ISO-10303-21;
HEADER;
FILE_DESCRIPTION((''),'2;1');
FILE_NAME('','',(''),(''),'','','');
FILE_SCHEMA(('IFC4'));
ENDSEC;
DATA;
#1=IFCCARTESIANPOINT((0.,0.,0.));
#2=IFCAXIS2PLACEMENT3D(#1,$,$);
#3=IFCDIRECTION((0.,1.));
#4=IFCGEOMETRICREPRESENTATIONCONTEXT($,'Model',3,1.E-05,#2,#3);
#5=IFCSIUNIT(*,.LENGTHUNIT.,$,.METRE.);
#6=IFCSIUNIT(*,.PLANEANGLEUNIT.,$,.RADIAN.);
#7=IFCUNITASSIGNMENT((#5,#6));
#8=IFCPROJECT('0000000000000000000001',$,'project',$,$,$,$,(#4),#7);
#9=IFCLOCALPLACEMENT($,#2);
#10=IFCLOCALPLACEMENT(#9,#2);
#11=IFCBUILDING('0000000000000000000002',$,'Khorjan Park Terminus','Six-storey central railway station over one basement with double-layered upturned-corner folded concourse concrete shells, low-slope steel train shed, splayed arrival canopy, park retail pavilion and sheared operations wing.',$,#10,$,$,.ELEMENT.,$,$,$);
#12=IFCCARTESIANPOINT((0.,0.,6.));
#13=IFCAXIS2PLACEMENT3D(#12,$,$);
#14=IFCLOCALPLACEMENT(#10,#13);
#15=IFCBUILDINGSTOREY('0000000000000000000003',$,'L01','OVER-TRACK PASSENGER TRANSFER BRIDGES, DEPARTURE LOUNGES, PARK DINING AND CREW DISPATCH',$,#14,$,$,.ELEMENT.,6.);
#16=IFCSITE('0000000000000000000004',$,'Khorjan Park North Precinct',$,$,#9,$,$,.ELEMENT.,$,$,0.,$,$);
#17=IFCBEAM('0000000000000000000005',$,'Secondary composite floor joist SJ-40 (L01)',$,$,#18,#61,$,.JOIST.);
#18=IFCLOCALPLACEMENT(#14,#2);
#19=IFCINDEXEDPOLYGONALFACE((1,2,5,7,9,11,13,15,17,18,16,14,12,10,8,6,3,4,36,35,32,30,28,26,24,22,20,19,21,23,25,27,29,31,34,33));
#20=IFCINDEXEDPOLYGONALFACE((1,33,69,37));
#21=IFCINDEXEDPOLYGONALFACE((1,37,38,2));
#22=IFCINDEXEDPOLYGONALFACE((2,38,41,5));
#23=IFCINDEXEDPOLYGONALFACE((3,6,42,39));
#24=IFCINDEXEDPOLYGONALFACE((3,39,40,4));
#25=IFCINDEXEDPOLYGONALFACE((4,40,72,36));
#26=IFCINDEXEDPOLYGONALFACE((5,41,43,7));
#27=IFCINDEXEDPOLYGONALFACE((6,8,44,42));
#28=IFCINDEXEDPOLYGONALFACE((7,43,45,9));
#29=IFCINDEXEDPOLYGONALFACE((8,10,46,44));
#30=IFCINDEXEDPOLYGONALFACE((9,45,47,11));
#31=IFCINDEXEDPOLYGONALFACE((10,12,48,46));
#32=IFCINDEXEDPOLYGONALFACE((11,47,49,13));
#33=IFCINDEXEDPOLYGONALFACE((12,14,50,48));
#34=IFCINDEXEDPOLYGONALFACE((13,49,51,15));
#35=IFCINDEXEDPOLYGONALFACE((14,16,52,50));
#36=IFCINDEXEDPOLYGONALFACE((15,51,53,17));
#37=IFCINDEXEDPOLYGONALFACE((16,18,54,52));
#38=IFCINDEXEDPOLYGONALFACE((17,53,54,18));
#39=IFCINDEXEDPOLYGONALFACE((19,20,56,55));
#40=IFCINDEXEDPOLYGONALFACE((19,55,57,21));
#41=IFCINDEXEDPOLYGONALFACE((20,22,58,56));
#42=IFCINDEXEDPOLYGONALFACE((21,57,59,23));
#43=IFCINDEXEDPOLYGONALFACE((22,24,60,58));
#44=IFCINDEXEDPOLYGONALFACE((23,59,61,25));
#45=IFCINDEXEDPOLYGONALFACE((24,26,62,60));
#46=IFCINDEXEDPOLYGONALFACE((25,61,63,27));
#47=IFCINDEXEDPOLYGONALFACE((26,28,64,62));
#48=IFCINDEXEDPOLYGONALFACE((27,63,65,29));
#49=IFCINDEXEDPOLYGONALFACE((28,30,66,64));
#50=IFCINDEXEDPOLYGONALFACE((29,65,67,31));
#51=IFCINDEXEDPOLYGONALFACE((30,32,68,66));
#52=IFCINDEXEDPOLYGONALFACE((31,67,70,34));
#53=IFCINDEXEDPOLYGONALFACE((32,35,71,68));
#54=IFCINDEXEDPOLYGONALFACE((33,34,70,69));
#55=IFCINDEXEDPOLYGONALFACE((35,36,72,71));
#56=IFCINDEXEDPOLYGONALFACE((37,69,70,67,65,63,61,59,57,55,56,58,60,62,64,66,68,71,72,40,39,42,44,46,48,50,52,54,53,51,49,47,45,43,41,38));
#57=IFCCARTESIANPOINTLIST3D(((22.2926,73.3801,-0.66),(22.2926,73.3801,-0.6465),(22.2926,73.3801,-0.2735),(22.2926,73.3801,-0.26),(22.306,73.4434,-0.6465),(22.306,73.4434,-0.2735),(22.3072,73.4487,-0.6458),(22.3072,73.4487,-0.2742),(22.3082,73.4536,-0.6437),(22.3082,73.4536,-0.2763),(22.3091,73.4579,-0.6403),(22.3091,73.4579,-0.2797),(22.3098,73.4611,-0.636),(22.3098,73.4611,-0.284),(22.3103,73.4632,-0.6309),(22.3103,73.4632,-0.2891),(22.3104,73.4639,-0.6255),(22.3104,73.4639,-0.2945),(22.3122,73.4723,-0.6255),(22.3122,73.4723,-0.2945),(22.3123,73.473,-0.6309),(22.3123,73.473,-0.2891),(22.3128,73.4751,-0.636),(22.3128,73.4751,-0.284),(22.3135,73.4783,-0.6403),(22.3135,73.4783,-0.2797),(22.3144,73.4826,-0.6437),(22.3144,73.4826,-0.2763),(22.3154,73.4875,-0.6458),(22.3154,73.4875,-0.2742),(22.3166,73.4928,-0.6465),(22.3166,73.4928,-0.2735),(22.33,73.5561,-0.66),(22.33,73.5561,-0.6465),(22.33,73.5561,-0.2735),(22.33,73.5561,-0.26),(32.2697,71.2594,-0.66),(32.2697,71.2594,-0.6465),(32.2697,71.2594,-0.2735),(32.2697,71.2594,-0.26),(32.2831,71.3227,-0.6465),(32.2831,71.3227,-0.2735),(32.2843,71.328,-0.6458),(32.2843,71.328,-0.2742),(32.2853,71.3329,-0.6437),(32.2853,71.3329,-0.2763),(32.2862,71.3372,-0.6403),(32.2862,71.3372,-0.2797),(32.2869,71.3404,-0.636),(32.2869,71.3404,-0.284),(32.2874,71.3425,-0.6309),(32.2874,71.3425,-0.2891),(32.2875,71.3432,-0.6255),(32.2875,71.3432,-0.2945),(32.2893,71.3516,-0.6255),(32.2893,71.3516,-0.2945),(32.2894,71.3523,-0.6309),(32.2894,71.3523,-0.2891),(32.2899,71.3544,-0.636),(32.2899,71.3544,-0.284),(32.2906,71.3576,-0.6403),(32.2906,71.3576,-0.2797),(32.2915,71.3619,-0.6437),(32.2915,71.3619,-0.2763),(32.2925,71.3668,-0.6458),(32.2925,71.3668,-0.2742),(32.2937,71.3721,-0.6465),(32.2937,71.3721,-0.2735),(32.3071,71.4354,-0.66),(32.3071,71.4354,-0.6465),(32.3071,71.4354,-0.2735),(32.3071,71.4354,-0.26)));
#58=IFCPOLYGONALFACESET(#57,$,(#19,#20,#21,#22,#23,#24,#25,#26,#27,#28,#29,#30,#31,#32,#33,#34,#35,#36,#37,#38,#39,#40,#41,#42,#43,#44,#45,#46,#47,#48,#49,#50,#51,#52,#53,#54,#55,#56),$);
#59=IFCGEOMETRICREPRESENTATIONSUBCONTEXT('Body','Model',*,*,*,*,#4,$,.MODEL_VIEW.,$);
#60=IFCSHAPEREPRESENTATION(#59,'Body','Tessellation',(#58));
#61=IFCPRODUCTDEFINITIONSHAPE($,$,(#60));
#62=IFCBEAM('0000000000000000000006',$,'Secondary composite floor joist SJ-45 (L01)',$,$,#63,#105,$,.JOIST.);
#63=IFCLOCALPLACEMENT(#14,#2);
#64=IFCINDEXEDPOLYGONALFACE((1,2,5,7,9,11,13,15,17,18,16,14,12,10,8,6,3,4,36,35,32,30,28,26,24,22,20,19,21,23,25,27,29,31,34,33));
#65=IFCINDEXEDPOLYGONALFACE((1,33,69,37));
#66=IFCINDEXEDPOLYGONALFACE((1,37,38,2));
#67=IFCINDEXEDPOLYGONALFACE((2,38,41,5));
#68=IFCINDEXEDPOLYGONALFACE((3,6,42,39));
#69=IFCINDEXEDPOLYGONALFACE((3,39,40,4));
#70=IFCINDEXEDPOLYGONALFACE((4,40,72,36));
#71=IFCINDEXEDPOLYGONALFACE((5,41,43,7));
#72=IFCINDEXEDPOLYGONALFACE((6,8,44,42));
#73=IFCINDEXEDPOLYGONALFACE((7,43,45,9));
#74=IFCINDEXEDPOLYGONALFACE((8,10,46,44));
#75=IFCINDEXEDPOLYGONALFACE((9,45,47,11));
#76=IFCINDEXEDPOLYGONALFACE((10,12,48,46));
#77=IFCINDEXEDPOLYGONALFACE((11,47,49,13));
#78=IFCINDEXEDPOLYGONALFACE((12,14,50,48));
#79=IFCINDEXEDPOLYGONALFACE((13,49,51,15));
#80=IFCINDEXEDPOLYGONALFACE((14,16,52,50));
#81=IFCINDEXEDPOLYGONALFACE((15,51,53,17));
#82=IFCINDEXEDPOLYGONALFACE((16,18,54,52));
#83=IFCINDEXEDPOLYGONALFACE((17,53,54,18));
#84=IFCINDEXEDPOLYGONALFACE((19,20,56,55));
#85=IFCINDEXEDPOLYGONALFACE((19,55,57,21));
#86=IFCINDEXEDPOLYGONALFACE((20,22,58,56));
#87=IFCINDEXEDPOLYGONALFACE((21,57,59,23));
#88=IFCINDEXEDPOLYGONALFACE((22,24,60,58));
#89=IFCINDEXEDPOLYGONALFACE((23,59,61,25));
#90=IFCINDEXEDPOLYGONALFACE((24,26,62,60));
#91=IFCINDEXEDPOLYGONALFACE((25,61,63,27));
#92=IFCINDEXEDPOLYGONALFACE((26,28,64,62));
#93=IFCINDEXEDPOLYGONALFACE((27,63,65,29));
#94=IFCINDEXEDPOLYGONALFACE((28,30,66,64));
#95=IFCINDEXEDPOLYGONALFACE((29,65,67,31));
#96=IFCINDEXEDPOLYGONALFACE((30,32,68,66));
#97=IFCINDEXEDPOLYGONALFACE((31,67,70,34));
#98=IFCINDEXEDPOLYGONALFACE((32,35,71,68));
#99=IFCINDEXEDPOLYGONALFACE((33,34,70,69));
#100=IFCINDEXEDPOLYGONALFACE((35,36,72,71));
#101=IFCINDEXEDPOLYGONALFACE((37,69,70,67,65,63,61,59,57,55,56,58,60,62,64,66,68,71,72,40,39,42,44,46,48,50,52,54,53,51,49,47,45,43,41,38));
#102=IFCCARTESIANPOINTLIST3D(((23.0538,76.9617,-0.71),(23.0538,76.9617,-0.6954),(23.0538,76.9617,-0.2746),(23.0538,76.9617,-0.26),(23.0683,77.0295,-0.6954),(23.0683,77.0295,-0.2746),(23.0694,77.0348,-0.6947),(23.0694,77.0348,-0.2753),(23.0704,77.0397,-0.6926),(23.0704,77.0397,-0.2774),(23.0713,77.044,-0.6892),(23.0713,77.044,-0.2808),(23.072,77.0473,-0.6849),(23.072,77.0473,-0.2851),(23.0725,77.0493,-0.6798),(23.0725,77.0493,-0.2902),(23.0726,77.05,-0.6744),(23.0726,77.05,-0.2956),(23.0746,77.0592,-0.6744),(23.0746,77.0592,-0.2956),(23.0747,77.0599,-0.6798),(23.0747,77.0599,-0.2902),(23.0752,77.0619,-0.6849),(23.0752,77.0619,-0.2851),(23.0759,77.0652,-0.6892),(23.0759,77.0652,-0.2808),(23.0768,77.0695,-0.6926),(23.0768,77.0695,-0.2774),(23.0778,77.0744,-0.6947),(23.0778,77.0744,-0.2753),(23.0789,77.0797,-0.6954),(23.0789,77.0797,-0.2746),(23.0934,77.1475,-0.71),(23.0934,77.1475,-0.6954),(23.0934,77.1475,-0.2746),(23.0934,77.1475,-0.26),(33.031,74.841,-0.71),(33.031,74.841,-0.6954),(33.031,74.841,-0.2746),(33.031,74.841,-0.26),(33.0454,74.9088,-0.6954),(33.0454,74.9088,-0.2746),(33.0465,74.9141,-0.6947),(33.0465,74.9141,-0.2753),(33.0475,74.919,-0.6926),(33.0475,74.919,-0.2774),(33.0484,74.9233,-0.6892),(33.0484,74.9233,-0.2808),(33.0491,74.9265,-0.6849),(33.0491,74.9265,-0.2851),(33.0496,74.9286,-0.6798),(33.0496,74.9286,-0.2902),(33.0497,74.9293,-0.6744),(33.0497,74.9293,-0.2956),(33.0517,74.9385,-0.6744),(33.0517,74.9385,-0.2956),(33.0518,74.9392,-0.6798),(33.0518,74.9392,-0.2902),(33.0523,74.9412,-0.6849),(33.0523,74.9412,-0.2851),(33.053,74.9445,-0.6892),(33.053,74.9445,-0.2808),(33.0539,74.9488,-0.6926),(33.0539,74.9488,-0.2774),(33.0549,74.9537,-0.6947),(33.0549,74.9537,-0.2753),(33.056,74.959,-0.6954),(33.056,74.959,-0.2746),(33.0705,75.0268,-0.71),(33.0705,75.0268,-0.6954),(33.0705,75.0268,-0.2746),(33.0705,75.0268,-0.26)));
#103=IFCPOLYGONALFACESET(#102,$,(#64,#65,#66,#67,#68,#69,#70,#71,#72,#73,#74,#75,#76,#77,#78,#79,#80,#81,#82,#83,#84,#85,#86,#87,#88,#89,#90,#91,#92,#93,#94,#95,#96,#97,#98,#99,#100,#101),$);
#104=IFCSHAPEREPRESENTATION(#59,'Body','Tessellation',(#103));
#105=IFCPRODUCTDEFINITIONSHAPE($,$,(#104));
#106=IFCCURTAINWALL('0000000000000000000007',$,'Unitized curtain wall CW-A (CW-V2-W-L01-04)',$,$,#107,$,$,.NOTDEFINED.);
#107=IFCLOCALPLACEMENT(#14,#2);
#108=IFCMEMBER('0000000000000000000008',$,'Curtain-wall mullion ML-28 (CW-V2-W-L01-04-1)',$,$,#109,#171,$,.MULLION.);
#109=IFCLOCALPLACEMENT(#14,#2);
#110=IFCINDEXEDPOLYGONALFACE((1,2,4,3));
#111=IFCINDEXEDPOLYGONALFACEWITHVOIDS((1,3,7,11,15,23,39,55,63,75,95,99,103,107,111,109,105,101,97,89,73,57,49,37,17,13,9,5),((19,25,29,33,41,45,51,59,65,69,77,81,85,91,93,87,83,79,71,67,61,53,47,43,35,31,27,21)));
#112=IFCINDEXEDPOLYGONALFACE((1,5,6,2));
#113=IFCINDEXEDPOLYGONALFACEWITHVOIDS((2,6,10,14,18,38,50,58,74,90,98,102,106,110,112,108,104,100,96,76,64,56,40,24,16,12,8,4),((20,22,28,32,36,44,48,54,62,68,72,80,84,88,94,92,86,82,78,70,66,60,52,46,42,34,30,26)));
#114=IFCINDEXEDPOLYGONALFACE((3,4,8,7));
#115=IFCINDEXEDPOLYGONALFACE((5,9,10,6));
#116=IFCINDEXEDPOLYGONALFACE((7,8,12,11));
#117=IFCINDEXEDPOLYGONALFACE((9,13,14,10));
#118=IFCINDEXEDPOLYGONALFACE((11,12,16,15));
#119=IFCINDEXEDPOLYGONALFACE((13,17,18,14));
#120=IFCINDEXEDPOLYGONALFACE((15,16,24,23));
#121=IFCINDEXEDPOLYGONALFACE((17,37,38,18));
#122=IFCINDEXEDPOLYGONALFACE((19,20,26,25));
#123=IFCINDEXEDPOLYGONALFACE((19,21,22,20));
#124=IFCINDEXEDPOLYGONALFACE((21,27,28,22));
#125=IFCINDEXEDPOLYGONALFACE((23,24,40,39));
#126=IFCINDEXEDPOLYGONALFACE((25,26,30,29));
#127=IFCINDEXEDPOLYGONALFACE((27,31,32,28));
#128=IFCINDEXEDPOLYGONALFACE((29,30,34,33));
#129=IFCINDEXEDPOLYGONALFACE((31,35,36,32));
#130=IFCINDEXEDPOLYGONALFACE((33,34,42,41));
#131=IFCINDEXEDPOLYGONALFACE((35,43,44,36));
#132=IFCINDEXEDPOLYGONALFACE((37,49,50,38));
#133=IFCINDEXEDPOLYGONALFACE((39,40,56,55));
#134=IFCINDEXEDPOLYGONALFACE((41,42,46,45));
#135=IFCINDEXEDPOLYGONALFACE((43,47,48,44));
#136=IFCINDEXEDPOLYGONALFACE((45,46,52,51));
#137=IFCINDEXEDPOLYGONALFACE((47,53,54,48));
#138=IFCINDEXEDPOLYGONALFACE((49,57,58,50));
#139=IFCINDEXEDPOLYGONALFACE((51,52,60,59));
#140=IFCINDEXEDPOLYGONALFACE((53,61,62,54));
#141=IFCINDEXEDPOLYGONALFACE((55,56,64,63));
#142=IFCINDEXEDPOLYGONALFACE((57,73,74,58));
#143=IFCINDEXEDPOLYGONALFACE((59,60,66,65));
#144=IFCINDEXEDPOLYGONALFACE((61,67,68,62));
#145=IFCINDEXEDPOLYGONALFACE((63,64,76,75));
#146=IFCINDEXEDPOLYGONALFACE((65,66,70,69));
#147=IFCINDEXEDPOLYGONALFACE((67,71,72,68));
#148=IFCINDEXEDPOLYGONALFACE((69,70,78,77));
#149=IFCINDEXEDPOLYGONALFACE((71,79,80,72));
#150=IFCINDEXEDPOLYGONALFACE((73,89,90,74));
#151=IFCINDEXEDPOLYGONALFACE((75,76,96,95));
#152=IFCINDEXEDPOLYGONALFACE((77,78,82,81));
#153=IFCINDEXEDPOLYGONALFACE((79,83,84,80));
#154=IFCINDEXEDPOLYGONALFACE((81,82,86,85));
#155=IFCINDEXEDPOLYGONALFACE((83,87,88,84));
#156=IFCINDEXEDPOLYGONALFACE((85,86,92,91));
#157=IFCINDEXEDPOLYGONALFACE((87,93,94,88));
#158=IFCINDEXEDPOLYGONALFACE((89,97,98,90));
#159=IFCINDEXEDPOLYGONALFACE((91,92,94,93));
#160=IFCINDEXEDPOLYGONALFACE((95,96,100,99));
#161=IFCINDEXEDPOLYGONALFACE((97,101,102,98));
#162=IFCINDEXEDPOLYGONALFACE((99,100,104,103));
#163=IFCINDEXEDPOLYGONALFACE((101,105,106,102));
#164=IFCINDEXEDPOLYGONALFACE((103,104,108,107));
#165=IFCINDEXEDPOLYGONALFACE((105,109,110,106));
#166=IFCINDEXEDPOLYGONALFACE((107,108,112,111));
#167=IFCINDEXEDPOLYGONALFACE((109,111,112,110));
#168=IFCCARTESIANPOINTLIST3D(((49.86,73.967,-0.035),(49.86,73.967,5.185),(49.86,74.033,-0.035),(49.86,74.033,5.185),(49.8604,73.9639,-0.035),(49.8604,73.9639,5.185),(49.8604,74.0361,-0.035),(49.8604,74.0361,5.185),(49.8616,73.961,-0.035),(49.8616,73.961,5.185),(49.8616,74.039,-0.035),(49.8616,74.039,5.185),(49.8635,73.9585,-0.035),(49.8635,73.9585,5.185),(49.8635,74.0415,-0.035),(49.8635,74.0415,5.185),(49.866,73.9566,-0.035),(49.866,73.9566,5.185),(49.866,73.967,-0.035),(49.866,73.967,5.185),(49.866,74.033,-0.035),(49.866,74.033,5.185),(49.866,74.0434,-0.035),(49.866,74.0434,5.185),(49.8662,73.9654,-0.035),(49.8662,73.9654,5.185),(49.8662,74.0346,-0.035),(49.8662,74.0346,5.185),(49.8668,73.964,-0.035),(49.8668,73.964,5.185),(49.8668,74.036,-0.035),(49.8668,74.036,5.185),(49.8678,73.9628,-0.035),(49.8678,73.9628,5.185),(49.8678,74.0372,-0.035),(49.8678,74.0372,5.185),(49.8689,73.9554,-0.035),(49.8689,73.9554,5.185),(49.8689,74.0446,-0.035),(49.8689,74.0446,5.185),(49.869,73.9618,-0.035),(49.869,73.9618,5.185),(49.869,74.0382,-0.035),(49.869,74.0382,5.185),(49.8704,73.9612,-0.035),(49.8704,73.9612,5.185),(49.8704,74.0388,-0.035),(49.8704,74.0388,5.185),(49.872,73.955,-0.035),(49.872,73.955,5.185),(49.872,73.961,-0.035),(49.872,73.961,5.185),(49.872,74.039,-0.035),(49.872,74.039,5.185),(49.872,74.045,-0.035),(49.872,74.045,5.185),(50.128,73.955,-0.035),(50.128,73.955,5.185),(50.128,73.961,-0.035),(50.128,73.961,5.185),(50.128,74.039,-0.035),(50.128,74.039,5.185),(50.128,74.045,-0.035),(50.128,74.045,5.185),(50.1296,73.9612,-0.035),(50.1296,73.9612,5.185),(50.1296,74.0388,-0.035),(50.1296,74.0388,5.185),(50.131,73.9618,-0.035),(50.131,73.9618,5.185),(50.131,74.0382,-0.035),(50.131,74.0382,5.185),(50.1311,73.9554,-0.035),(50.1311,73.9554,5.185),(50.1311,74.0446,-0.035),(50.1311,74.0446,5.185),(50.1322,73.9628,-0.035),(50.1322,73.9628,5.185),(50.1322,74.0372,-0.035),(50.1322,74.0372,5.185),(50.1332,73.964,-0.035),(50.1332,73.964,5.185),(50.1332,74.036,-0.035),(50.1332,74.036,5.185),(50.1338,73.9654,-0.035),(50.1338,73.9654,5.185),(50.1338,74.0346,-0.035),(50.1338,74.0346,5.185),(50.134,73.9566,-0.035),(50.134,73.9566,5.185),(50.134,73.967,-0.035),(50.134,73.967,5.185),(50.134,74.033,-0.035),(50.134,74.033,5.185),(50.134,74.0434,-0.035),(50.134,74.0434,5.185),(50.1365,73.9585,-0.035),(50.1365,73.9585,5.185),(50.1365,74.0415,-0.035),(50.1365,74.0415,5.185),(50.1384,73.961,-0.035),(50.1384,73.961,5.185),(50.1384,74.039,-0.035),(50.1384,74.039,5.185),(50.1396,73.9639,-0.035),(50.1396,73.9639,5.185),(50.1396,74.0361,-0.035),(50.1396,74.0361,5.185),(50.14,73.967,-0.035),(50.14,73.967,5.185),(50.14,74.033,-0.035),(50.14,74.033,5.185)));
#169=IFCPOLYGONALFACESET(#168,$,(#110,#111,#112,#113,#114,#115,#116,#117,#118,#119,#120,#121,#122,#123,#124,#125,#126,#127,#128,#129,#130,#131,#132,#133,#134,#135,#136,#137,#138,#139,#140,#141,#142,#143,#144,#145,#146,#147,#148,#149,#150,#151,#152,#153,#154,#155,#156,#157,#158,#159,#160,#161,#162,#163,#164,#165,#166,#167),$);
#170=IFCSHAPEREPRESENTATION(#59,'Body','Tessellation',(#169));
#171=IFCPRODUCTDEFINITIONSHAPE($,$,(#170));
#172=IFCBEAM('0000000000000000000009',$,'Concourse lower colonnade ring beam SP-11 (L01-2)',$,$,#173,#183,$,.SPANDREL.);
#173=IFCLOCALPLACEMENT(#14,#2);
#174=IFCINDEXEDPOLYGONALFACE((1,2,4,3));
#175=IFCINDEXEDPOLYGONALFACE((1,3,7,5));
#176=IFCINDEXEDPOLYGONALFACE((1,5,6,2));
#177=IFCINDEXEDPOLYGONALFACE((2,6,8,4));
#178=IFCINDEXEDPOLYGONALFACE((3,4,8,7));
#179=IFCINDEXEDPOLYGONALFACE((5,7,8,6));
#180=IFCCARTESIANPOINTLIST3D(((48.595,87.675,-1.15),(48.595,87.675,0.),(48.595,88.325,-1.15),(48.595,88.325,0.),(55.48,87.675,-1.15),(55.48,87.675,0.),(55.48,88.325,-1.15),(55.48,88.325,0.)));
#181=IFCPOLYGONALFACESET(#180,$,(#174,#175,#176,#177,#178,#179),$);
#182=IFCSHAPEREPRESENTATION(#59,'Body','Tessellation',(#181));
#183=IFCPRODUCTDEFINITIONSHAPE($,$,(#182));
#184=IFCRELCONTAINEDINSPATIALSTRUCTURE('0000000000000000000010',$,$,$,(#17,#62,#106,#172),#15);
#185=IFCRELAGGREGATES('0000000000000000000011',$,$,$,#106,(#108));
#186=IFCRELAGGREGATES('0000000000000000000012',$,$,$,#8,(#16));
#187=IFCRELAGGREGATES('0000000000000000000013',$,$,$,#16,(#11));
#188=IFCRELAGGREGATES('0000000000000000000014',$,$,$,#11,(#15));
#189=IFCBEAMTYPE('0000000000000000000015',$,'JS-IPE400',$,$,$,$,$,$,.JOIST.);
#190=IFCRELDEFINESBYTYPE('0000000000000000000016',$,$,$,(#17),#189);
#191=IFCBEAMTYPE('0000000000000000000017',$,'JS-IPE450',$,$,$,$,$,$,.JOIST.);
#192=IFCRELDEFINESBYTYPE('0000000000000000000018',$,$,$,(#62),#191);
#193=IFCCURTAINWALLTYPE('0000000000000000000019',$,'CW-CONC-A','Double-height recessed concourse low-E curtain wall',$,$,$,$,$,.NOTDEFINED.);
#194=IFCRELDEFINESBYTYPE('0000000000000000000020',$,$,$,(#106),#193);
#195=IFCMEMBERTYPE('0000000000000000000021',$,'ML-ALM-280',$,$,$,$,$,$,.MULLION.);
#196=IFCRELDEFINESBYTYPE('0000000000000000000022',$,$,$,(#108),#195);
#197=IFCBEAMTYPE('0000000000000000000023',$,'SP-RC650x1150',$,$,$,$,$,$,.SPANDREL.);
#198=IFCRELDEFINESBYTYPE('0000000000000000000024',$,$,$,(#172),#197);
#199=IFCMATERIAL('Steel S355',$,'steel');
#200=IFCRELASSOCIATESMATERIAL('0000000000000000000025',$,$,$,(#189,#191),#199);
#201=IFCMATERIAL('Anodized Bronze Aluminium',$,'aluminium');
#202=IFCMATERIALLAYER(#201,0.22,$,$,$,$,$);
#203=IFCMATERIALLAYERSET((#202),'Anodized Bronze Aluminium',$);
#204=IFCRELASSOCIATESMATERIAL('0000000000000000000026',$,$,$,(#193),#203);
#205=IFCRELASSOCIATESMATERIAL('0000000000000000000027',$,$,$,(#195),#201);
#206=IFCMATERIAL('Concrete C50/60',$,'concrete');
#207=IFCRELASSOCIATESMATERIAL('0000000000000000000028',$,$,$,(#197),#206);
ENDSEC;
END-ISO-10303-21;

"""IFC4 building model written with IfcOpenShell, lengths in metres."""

from ifc_helpers import new_model, si_unit, direction, frame, origin, origin_2d, place, context, subcontext, project, spatial, rectangle, hollow_rectangle, i_section, extrude, material, layer, layer_set, material_profile, profile_set, type_object, element, aggregate, save


model = new_model("IFC4")

# Units and contexts
model_context = context("Model", 3, precision=1e-05, world=origin(), true_north=direction((0.0, 1.0)))
body_context = subcontext(model_context, "Body", "Model", "MODEL_VIEW")
ifc_project = project(units=[si_unit("LENGTHUNIT", "METRE"), si_unit("PLANEANGLEUNIT", "RADIAN")], contexts=[model_context])

# Site, building, storey
site_placement = place(None, origin())
site = spatial("IfcSite", under=ifc_project, at=site_placement, Name="Khorjan Park North Precinct", CompositionType="ELEMENT", RefElevation=0.0)
building_placement = place(site_placement, origin())
building = spatial("IfcBuilding", under=site, at=building_placement, Name="Khorjan Park Terminus", Description="Six-storey central railway station over one basement with double-layered upturned-corner folded concourse concrete shells, low-slope steel train shed, splayed arrival canopy, park retail pavilion and sheared operations wing.", CompositionType="ELEMENT")
storey_placement = place(building_placement, frame((0.0, 0.0, 6.0)))
storey = spatial("IfcBuildingStorey", under=building, at=storey_placement, Name="L01", Description="OVER-TRACK PASSENGER TRANSFER BRIDGES, DEPARTURE LOUNGES, PARK DINING AND CREW DISPATCH", CompositionType="ELEMENT", Elevation=6.0)

# Shared definitions
ifc_material_1 = material(Name="Concrete C50/60", Category="concrete")
ifc_material_2 = material(Name="Steel S355", Category="steel")

# Beams
ifc_material_profile_1 = material_profile(ifc_material_2, i_section(OverallWidth=0.18, OverallDepth=0.4, WebThickness=0.0086, FlangeThickness=0.0135, FilletRadius=0.021, at=origin_2d()), Name="IPE 400")
ifc_profile_set_1 = profile_set([ifc_material_profile_1], Name="Steel S355")
beam_type_1 = type_object("IfcBeamType", Name="JS-IPE400", PredefinedType="JOIST", material=ifc_profile_set_1)
for number, where, z_axis, x_axis, name in (
    (1, (22.3113, 73.4681, -0.46), (0.978148, -0.207912, 0.0), (0.207912, 0.978148, 0.0), "Secondary composite floor joist SJ-40 (L01)"),
):
    element("IfcBeam", number, at=place(storey_placement, frame(where, z_axis=z_axis, x_axis=x_axis)), inside=storey, type_object=beam_type_1, Name=name, PredefinedType="JOIST", context=body_context, shape_type="SweptSolid", body=[
        extrude(i_section(OverallWidth=0.18, OverallDepth=0.4, WebThickness=0.0086, FlangeThickness=0.0135, FilletRadius=0.021, at=origin_2d()), origin(), (0.0, 0.0, 1.0), 10.2),
    ])
ifc_material_profile_2 = material_profile(ifc_material_2, i_section(OverallWidth=0.19, OverallDepth=0.45, WebThickness=0.0094, FlangeThickness=0.0146, FilletRadius=0.021, at=origin_2d()), Name="IPE 450")
ifc_profile_set_2 = profile_set([ifc_material_profile_2], Name="Steel S355")
beam_type_2 = type_object("IfcBeamType", Name="JS-IPE450", PredefinedType="JOIST", material=ifc_profile_set_2)
beam_1_placement = place(storey_placement, frame((23.0736, 77.0546, -0.485), z_axis=(0.978148, -0.207912, 0.0), x_axis=(0.207912, 0.978148, 0.0)))
element("IfcBeam", 2, at=beam_1_placement, inside=storey, type_object=beam_type_2, Name="Secondary composite floor joist SJ-45 (L01)", PredefinedType="JOIST", context=body_context, shape_type="SweptSolid", body=[
    extrude(i_section(OverallWidth=0.19, OverallDepth=0.45, WebThickness=0.0094, FlangeThickness=0.0146, FilletRadius=0.021, at=origin_2d()), origin(), (0.0, 0.0, 1.0), 10.2),
])

# Curtain wall, member
ifc_material_3 = material(Name="Anodized Bronze Aluminium", Category="aluminium")
ifc_layer_1 = layer(ifc_material_3, 0.22)
ifc_layer_set_1 = layer_set([ifc_layer_1], Name="Anodized Bronze Aluminium")
curtain_wall_type_1 = type_object("IfcCurtainWallType", Name="CW-CONC-A", Description="Double-height recessed concourse low-E curtain wall", PredefinedType="NOTDEFINED", material=ifc_layer_set_1)
curtain_wall_1_placement = place(storey_placement, origin())
curtain_wall_1 = element("IfcCurtainWall", 3, at=curtain_wall_1_placement, inside=storey, type_object=curtain_wall_type_1, Name="Unitized curtain wall CW-A (CW-V2-W-L01-04)", PredefinedType="NOTDEFINED")
ifc_material_profile_3 = material_profile(ifc_material_3, hollow_rectangle(XDim=0.09, YDim=0.28, WallThickness=0.006, InnerFilletRadius=0.006, OuterFilletRadius=0.012, at=origin_2d()), Name="ALM 90x280x6")
ifc_profile_set_3 = profile_set([ifc_material_profile_3], Name="Anodized Bronze Aluminium")
member_type_1 = type_object("IfcMemberType", Name="ML-ALM-280", PredefinedType="MULLION", material=ifc_profile_set_3)
member_1_placement = place(storey_placement, frame((50.0, 74.0, -0.035), z_axis=(0.0, 0.0, 1.0), x_axis=(0.0, -1.0, 0.0)))
member_1 = element("IfcMember", 4, at=member_1_placement, type_object=member_type_1, Name="Curtain-wall mullion ML-28 (CW-V2-W-L01-04-1)", PredefinedType="MULLION", context=body_context, shape_type="SweptSolid", body=[
    extrude(hollow_rectangle(XDim=0.09, YDim=0.28, WallThickness=0.006, InnerFilletRadius=0.006, OuterFilletRadius=0.012, at=origin_2d()), origin(), (0.0, 0.0, 1.0), 5.22),
])

# Beam
ifc_material_profile_4 = material_profile(ifc_material_1, rectangle(XDim=0.65, YDim=1.15, at=origin_2d()), Name="RC 650x1150")
ifc_profile_set_4 = profile_set([ifc_material_profile_4], Name="Concrete C50/60")
beam_type_3 = type_object("IfcBeamType", Name="SP-RC650x1150", PredefinedType="SPANDREL", material=ifc_profile_set_4)
beam_2_placement = place(storey_placement, frame((48.595, 88.0, -0.575), z_axis=(1.0, 0.0, 0.0), x_axis=(0.0, 1.0, 0.0)))
element("IfcBeam", 5, at=beam_2_placement, inside=storey, type_object=beam_type_3, Name="Concourse lower colonnade ring beam SP-11 (L01-2)", PredefinedType="SPANDREL", context=body_context, shape_type="SweptSolid", body=[
    extrude(rectangle(XDim=0.65, YDim=1.15, at=origin_2d()), origin(), (0.0, 0.0, 1.0), 6.885),
])

aggregate(curtain_wall_1, [member_1])

save(model, "model.ifc")
